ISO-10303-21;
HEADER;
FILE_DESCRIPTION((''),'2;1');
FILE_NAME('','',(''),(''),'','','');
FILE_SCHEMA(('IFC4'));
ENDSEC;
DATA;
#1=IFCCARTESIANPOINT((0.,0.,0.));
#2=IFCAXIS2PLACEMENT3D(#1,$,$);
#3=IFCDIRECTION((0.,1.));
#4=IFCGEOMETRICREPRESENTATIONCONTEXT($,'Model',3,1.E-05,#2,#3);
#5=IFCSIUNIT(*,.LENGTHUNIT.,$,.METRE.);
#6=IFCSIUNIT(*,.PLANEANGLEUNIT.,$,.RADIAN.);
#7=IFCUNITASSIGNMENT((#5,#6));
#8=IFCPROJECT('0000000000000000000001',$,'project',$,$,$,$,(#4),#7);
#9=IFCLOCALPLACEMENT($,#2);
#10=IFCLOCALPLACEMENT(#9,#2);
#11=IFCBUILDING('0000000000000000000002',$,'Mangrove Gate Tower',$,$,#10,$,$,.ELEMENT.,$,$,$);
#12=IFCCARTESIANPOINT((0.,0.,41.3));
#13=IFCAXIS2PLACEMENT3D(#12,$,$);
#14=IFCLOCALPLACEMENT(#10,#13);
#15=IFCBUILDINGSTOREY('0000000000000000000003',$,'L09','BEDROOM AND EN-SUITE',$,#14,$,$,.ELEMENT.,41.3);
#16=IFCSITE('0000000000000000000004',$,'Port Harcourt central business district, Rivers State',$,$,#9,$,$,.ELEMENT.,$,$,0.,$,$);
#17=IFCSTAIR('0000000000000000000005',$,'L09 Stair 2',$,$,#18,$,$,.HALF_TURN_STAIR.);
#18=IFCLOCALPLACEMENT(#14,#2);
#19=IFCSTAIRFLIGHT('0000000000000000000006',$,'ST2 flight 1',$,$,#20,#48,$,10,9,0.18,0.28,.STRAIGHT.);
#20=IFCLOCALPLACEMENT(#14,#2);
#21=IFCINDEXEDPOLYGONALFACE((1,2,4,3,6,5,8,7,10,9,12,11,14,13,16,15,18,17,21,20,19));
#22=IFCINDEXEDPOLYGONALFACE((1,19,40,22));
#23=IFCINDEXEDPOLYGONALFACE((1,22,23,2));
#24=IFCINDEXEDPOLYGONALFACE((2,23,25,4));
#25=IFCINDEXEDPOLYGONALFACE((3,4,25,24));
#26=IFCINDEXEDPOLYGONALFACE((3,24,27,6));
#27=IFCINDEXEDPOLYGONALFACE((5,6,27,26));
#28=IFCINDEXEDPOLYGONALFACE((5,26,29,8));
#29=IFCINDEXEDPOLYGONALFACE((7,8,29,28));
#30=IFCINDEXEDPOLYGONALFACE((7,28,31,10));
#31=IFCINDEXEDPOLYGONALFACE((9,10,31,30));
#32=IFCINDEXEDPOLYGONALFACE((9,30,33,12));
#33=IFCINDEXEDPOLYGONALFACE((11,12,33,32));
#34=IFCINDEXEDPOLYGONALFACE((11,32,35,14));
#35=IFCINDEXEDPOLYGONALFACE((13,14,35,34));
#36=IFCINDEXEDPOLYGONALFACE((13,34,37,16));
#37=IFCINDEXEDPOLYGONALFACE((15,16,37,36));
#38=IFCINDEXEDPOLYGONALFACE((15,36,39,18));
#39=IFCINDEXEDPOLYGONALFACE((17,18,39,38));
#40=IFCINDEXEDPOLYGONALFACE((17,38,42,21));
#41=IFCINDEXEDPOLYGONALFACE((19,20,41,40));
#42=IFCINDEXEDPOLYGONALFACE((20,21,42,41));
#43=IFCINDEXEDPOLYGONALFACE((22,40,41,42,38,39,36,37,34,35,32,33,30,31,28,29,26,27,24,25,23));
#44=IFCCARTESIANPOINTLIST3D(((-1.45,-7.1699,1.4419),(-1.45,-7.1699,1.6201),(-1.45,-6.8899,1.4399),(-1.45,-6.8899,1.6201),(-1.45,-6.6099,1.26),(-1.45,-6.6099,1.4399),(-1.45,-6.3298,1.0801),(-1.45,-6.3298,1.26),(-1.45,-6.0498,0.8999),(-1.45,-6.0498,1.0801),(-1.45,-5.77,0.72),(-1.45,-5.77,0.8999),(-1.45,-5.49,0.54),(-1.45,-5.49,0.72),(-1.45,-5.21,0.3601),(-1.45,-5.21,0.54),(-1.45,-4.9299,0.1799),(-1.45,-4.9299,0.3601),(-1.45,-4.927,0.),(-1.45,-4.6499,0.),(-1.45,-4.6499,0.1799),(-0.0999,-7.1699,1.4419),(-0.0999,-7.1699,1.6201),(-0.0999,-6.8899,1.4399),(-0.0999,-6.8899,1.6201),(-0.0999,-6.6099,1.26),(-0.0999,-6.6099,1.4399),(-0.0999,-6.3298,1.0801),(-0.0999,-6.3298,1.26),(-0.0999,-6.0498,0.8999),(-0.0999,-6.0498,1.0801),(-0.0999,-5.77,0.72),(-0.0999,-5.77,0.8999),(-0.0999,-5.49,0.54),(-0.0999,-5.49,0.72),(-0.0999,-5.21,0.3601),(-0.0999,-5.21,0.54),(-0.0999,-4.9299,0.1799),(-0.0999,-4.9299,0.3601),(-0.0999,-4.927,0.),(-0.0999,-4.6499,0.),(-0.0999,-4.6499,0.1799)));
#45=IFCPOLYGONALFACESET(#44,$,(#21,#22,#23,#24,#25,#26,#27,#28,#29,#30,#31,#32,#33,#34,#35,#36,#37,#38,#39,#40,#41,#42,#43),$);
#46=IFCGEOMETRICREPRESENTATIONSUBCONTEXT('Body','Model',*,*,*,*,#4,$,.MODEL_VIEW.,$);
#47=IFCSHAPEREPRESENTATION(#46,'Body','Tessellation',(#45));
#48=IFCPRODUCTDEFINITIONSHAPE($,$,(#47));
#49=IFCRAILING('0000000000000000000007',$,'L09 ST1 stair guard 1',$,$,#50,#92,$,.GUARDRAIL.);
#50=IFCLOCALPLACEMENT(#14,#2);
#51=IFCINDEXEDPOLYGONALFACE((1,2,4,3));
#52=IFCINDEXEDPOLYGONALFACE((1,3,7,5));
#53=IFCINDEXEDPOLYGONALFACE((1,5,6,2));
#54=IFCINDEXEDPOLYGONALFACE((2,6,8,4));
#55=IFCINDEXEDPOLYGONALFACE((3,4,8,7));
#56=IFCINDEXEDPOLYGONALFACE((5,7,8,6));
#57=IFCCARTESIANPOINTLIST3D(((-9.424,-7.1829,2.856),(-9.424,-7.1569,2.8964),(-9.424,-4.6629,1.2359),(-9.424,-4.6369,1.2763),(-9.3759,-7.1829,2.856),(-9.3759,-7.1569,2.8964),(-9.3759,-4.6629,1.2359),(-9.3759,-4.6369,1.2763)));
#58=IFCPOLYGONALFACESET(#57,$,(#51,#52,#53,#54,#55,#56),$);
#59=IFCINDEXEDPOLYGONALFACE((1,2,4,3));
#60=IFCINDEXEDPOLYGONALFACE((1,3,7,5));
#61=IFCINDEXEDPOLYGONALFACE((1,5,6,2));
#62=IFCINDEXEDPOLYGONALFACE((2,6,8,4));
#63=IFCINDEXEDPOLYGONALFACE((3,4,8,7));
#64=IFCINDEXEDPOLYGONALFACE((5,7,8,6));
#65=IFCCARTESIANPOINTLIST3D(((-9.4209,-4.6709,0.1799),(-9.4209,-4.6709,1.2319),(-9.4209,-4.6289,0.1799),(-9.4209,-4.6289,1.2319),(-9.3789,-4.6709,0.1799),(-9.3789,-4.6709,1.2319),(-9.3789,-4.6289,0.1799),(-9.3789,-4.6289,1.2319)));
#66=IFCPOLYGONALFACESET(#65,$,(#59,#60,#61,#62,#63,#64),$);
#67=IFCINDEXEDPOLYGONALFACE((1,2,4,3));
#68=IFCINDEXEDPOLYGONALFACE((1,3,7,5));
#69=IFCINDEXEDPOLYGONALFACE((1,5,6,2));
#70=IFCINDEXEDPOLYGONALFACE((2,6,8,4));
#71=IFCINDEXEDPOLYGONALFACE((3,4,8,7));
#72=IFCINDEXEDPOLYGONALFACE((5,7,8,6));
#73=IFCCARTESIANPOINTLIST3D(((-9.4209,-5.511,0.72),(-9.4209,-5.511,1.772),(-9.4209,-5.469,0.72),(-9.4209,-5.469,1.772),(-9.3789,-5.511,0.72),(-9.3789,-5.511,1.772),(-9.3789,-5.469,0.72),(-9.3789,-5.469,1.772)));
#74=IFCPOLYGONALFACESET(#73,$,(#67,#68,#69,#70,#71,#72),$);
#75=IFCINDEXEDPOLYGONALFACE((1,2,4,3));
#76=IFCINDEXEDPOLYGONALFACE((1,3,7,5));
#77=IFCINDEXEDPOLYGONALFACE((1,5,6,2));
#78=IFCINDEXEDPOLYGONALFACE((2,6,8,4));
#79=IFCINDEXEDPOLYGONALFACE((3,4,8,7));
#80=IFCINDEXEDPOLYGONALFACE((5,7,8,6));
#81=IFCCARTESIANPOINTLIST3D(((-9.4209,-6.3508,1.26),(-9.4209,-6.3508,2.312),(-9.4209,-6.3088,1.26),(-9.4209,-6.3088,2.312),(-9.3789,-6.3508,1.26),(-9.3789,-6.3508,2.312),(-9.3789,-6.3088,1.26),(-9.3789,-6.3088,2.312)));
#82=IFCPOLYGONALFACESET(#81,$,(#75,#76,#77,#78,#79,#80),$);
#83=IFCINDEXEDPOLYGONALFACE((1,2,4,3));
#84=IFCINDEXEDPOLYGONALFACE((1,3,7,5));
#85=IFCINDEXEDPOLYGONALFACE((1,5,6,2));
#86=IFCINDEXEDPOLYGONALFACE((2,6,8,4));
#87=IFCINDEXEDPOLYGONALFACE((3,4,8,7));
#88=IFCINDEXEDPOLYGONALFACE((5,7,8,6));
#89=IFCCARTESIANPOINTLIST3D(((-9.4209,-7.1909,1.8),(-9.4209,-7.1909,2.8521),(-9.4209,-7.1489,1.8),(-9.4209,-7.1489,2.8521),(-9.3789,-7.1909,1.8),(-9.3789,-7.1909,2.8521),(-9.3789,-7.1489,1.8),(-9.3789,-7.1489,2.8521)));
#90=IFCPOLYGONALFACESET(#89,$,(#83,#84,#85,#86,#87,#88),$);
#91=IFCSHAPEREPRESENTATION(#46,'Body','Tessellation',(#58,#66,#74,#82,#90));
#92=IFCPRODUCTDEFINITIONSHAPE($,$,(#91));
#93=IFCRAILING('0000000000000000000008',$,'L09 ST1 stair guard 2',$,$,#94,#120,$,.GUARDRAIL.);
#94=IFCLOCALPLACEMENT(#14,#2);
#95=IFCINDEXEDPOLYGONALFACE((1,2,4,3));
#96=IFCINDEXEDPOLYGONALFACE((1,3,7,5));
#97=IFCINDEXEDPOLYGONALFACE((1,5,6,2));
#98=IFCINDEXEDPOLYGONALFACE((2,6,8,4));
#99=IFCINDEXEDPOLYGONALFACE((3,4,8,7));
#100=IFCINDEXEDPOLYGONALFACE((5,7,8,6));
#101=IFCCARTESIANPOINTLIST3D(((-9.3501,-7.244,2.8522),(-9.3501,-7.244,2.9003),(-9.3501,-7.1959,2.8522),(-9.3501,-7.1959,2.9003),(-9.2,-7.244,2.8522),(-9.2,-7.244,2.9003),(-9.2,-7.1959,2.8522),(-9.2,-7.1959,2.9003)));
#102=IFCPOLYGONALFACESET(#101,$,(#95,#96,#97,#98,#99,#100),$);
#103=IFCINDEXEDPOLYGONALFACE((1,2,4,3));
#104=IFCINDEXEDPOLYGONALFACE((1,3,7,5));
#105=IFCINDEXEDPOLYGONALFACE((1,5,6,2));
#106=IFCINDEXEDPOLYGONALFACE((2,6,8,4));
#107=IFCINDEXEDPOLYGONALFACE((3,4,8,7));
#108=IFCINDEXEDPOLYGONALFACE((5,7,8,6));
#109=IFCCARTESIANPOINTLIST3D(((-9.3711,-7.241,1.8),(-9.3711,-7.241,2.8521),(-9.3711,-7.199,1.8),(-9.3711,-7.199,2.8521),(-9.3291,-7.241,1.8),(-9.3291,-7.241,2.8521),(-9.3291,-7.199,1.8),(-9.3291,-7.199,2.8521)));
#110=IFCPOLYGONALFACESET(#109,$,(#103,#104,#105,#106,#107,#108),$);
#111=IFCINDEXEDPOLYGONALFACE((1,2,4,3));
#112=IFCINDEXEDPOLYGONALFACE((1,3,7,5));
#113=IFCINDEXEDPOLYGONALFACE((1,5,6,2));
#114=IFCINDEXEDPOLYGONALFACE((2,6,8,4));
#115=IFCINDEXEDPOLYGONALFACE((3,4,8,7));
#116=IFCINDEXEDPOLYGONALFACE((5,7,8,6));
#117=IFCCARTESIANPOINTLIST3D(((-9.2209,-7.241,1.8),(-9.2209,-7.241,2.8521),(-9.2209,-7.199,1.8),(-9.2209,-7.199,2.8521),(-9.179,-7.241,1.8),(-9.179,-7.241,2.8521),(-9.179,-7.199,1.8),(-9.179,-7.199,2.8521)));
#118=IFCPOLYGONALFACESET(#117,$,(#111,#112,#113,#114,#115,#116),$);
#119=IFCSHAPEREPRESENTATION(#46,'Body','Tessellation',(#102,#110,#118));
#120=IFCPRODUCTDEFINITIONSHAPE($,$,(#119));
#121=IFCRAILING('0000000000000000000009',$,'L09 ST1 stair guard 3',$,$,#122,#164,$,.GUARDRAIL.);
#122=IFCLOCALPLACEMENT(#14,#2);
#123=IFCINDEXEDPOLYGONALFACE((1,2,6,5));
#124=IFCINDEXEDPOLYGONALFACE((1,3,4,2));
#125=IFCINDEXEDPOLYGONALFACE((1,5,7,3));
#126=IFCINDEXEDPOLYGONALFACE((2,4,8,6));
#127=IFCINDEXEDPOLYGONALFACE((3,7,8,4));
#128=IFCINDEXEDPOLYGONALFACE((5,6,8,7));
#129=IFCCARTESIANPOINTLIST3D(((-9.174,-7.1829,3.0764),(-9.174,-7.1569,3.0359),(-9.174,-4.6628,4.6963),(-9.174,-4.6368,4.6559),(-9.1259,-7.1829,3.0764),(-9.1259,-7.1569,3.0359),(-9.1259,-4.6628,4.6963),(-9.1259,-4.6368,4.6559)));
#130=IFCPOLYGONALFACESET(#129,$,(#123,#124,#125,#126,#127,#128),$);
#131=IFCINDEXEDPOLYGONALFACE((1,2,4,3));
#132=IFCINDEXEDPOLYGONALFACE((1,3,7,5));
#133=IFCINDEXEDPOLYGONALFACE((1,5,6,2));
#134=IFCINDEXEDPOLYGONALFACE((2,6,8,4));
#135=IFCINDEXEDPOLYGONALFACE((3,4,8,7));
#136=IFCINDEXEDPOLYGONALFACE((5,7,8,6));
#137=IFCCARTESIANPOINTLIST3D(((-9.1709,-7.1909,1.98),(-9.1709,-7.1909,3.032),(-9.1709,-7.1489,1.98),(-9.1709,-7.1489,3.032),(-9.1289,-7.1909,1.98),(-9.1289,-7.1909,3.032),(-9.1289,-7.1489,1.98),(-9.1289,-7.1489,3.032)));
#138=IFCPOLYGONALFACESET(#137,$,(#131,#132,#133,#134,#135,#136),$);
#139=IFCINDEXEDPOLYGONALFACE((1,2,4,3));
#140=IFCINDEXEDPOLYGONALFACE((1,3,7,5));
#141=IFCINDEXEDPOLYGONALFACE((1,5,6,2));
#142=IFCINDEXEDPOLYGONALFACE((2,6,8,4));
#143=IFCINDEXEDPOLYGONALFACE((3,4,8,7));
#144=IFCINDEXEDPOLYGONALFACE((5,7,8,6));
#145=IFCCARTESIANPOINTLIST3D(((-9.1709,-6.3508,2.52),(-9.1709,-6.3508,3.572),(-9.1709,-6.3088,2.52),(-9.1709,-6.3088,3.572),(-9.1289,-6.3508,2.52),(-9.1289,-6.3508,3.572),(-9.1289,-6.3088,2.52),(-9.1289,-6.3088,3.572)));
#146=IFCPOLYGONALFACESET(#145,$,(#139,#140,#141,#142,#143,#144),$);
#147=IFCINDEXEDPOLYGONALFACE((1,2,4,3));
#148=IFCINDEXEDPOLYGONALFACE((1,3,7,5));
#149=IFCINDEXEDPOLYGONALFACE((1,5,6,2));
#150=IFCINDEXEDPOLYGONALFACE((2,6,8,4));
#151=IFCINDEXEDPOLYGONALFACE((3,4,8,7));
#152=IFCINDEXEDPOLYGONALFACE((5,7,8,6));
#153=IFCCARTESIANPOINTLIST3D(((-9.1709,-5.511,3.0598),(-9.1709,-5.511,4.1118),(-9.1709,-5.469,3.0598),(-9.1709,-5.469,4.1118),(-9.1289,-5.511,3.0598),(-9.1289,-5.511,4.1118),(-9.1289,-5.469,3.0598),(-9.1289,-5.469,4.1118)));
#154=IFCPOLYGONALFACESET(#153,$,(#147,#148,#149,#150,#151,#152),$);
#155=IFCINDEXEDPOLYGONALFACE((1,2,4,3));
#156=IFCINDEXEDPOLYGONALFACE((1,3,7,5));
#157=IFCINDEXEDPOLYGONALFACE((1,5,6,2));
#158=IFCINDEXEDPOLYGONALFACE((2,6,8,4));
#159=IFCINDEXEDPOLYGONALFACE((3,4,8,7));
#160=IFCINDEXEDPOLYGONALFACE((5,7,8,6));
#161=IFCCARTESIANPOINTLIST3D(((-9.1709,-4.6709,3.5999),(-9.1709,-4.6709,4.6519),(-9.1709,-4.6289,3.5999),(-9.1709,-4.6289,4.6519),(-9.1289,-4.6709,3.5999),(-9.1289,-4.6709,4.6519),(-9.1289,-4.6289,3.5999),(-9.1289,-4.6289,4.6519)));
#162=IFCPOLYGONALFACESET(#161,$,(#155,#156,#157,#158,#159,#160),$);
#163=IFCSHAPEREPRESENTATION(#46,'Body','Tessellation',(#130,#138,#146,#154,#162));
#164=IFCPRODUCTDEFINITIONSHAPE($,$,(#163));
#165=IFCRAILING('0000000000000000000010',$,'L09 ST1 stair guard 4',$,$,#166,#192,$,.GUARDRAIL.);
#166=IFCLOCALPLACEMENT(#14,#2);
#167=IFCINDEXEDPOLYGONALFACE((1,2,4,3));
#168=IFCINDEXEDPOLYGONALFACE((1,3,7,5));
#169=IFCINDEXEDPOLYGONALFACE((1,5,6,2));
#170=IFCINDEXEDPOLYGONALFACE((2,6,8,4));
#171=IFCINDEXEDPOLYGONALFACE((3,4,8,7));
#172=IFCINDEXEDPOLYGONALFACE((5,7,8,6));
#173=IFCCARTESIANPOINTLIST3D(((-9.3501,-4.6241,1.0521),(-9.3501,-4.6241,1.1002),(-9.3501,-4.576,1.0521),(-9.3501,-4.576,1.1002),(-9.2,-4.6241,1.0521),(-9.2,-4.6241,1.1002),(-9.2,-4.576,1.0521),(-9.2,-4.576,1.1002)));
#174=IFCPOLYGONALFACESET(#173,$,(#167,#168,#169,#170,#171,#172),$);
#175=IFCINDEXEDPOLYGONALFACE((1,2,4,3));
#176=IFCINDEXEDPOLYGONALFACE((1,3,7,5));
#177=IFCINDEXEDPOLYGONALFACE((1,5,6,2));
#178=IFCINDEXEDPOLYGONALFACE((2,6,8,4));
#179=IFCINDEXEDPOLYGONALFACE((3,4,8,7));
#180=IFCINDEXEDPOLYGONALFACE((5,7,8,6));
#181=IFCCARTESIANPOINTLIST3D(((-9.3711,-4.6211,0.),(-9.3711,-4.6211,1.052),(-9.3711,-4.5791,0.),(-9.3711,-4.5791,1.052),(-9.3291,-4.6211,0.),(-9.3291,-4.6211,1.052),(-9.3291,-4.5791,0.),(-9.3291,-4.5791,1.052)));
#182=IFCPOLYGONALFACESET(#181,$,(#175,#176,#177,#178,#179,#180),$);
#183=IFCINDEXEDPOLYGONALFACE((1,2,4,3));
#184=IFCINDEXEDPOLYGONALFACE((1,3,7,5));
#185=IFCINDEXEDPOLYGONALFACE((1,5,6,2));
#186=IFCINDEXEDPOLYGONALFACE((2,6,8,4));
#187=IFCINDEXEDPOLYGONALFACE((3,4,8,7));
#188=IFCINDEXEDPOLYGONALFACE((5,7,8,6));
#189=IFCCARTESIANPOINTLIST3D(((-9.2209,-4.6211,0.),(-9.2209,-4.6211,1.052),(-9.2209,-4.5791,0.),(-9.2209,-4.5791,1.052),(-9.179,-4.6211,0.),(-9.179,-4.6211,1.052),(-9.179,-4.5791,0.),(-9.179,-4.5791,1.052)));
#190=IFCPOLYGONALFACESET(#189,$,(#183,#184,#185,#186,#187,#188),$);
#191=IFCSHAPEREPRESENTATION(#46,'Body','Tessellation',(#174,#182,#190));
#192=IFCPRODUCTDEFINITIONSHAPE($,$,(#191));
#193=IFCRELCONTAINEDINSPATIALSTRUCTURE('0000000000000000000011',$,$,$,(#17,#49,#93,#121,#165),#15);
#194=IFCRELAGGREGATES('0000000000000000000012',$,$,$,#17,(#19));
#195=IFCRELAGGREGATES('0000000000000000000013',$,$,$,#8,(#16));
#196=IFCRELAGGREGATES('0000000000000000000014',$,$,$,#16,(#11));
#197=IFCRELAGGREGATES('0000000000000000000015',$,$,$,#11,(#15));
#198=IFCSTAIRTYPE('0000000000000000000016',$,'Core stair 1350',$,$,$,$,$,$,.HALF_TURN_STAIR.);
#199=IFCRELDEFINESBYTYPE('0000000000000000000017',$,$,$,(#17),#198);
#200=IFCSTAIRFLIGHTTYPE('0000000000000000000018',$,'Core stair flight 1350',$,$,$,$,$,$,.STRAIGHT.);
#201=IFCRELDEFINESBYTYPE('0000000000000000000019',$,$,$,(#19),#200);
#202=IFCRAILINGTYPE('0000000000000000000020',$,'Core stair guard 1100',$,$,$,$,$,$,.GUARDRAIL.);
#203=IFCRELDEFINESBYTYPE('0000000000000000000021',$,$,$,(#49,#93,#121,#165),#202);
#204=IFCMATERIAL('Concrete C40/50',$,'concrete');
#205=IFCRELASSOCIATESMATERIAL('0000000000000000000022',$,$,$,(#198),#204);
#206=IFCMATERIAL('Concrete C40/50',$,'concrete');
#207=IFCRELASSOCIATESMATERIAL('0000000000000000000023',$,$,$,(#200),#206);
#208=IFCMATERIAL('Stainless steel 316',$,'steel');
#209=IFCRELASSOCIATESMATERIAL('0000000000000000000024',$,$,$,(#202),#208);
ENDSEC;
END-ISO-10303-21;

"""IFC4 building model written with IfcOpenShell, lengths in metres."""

from ifc_helpers import new_model, si_unit, direction, frame, origin, origin_2d, place, context, subcontext, project, spatial, polyline, rectangle, outline, extrude, material, type_object, element, aggregate, save


model = new_model("IFC4")

# Units and contexts
model_context = context("Model", 3, precision=1e-05, world=origin(), true_north=direction((0.0, 1.0)))
body_context = subcontext(model_context, "Body", "Model", "MODEL_VIEW")
ifc_project = project(units=[si_unit("LENGTHUNIT", "METRE"), si_unit("PLANEANGLEUNIT", "RADIAN")], contexts=[model_context])

# Site, building, storey
site_placement = place(None, origin())
site = spatial("IfcSite", under=ifc_project, at=site_placement, Name="Port Harcourt central business district, Rivers State", CompositionType="ELEMENT", RefElevation=0.0)
building_placement = place(site_placement, origin())
building = spatial("IfcBuilding", under=site, at=building_placement, Name="Mangrove Gate Tower", CompositionType="ELEMENT")
storey_placement = place(building_placement, frame((0.0, 0.0, 41.3)))
storey = spatial("IfcBuildingStorey", under=building, at=storey_placement, Name="L09", Description="BEDROOM AND EN-SUITE", CompositionType="ELEMENT", Elevation=41.3)

# Shared definitions
ifc_material_1 = material(Name="Concrete C40/50", Category="concrete")
stair_type = type_object("IfcStairType", Name="Core stair 1350", PredefinedType="HALF_TURN_STAIR", material=ifc_material_1)
ifc_material_2 = material(Name="Concrete C40/50", Category="concrete")
stair_flight_type = type_object("IfcStairFlightType", Name="Core stair flight 1350", PredefinedType="STRAIGHT", material=ifc_material_2)

# Stair, stair flight
stair_1_placement = place(storey_placement, origin())
stair_1 = element("IfcStair", 1, at=stair_1_placement, inside=storey, type_object=stair_type, Name="L09 Stair 2", PredefinedType="HALF_TURN_STAIR")
stair_flight_1_placement = place(storey_placement, frame((-0.7749, -4.6499, 0.0), z_axis=(0.0, 0.0, 1.0), x_axis=(0.0, -1.0, 0.0)))
stair_flight_1 = element("IfcStairFlight", 2, at=stair_flight_1_placement, type_object=stair_flight_type, Name="ST2 flight 1", NumberOfRisers=10, NumberOfTreads=9, PredefinedType="STRAIGHT", RiserHeight=0.18, TreadLength=0.28, context=body_context, shape_type="SweptSolid", body=[
    extrude(outline(polyline([(0.0, 0.0), (0.0, 0.1799), (0.28, 0.1799), (0.28, 0.3601), (0.5601, 0.3601), (0.5601, 0.54), (0.8401, 0.54), (0.8401, 0.72), (1.1201, 0.72), (1.1201, 0.8999), (1.3999, 0.8999), (1.3999, 1.0801), (1.6799, 1.0801), (1.6799, 1.26), (1.96, 1.26), (1.96, 1.4399), (2.24, 1.4399), (2.24, 1.6201), (2.52, 1.6201), (2.52, 1.8), (2.52, 1.4419), (0.2771, 0.0), (0.0, 0.0)])), frame((0.0, 0.675, 0.0), z_axis=(0.0, -1.0, 0.0), x_axis=(1.0, 0.0, 0.0)), (0.0, 0.0, 1.0), 1.3501),
])
aggregate(stair_1, [stair_flight_1])

# Railings
ifc_material_3 = material(Name="Stainless steel 316", Category="steel")
railing_type_1 = type_object("IfcRailingType", Name="Core stair guard 1100", PredefinedType="GUARDRAIL", material=ifc_material_3)
railing_1_placement = place(storey_placement, frame((-9.3999, -4.6499, 0.1799)))
element("IfcRailing", 3, at=railing_1_placement, inside=storey, type_object=railing_type_1, Name="L09 ST1 stair guard 1", PredefinedType="GUARDRAIL", context=body_context, shape_type="SweptSolid", body=[
    extrude(rectangle(XDim=0.0481, YDim=0.0481, at=origin_2d()), frame((0.0, 0.0, 1.0762), z_axis=(0.0, -0.841163, 0.540782), x_axis=(1.0, 0.0, 0.0)), (0.0, 0.0, 1.0), 2.9958),
    extrude(rectangle(XDim=0.042, YDim=0.042, at=origin_2d()), origin(), (0.0, 0.0, 1.0), 1.052),
    extrude(rectangle(XDim=0.042, YDim=0.042, at=origin_2d()), frame((0.0, -0.8401, 0.54)), (0.0, 0.0, 1.0), 1.052),
    extrude(rectangle(XDim=0.042, YDim=0.042, at=origin_2d()), frame((0.0, -1.6799, 1.0801)), (0.0, 0.0, 1.0), 1.052),
    extrude(rectangle(XDim=0.042, YDim=0.042, at=origin_2d()), frame((0.0, -2.52, 1.6201)), (0.0, 0.0, 1.0), 1.052),
])
railing_2_placement = place(storey_placement, frame((-9.3501, -7.22, 1.8)))
element("IfcRailing", 4, at=railing_2_placement, inside=storey, type_object=railing_type_1, Name="L09 ST1 stair guard 2", PredefinedType="GUARDRAIL", context=body_context, shape_type="SweptSolid", body=[
    extrude(rectangle(XDim=0.0481, YDim=0.0481, at=origin_2d()), frame((0.0, 0.0, 1.0762), z_axis=(1.0, 0.0, 0.0), x_axis=(0.0, 1.0, 0.0)), (0.0, 0.0, 1.0), 0.1501),
    extrude(rectangle(XDim=0.042, YDim=0.042, at=origin_2d()), origin(), (0.0, 0.0, 1.0), 1.052),
    extrude(rectangle(XDim=0.042, YDim=0.042, at=origin_2d()), frame((0.1501, 0.0, 0.0)), (0.0, 0.0, 1.0), 1.052),
])
railing_3_placement = place(storey_placement, frame((-9.1499, -7.1699, 1.98)))
element("IfcRailing", 5, at=railing_3_placement, inside=storey, type_object=railing_type_1, Name="L09 ST1 stair guard 3", PredefinedType="GUARDRAIL", context=body_context, shape_type="SweptSolid", body=[
    extrude(rectangle(XDim=0.0481, YDim=0.0481, at=origin_2d()), frame((0.0, 0.0, 1.0762), z_axis=(0.0, 0.8412, 0.540725), x_axis=(-1.0, 0.0, 0.0)), (0.0, 0.0, 1.0), 2.9958),
    extrude(rectangle(XDim=0.042, YDim=0.042, at=origin_2d()), origin(), (0.0, 0.0, 1.0), 1.052),
    extrude(rectangle(XDim=0.042, YDim=0.042, at=origin_2d()), frame((0.0, 0.8401, 0.54)), (0.0, 0.0, 1.0), 1.052),
    extrude(rectangle(XDim=0.042, YDim=0.042, at=origin_2d()), frame((0.0, 1.6799, 1.0798)), (0.0, 0.0, 1.0), 1.052),
    extrude(rectangle(XDim=0.042, YDim=0.042, at=origin_2d()), frame((0.0, 2.52, 1.6199)), (0.0, 0.0, 1.0), 1.052),
])
railing_4_placement = place(storey_placement, frame((-9.3501, -4.6001, 0.0)))
element("IfcRailing", 6, at=railing_4_placement, inside=storey, type_object=railing_type_1, Name="L09 ST1 stair guard 4", PredefinedType="GUARDRAIL", context=body_context, shape_type="SweptSolid", body=[
    extrude(rectangle(XDim=0.0481, YDim=0.0481, at=origin_2d()), frame((0.0, 0.0, 1.0762), z_axis=(1.0, 0.0, 0.0), x_axis=(0.0, 1.0, 0.0)), (0.0, 0.0, 1.0), 0.1501),
    extrude(rectangle(XDim=0.042, YDim=0.042, at=origin_2d()), origin(), (0.0, 0.0, 1.0), 1.052),
    extrude(rectangle(XDim=0.042, YDim=0.042, at=origin_2d()), frame((0.1501, 0.0, 0.0)), (0.0, 0.0, 1.0), 1.052),
])

save(model, "model.ifc")
